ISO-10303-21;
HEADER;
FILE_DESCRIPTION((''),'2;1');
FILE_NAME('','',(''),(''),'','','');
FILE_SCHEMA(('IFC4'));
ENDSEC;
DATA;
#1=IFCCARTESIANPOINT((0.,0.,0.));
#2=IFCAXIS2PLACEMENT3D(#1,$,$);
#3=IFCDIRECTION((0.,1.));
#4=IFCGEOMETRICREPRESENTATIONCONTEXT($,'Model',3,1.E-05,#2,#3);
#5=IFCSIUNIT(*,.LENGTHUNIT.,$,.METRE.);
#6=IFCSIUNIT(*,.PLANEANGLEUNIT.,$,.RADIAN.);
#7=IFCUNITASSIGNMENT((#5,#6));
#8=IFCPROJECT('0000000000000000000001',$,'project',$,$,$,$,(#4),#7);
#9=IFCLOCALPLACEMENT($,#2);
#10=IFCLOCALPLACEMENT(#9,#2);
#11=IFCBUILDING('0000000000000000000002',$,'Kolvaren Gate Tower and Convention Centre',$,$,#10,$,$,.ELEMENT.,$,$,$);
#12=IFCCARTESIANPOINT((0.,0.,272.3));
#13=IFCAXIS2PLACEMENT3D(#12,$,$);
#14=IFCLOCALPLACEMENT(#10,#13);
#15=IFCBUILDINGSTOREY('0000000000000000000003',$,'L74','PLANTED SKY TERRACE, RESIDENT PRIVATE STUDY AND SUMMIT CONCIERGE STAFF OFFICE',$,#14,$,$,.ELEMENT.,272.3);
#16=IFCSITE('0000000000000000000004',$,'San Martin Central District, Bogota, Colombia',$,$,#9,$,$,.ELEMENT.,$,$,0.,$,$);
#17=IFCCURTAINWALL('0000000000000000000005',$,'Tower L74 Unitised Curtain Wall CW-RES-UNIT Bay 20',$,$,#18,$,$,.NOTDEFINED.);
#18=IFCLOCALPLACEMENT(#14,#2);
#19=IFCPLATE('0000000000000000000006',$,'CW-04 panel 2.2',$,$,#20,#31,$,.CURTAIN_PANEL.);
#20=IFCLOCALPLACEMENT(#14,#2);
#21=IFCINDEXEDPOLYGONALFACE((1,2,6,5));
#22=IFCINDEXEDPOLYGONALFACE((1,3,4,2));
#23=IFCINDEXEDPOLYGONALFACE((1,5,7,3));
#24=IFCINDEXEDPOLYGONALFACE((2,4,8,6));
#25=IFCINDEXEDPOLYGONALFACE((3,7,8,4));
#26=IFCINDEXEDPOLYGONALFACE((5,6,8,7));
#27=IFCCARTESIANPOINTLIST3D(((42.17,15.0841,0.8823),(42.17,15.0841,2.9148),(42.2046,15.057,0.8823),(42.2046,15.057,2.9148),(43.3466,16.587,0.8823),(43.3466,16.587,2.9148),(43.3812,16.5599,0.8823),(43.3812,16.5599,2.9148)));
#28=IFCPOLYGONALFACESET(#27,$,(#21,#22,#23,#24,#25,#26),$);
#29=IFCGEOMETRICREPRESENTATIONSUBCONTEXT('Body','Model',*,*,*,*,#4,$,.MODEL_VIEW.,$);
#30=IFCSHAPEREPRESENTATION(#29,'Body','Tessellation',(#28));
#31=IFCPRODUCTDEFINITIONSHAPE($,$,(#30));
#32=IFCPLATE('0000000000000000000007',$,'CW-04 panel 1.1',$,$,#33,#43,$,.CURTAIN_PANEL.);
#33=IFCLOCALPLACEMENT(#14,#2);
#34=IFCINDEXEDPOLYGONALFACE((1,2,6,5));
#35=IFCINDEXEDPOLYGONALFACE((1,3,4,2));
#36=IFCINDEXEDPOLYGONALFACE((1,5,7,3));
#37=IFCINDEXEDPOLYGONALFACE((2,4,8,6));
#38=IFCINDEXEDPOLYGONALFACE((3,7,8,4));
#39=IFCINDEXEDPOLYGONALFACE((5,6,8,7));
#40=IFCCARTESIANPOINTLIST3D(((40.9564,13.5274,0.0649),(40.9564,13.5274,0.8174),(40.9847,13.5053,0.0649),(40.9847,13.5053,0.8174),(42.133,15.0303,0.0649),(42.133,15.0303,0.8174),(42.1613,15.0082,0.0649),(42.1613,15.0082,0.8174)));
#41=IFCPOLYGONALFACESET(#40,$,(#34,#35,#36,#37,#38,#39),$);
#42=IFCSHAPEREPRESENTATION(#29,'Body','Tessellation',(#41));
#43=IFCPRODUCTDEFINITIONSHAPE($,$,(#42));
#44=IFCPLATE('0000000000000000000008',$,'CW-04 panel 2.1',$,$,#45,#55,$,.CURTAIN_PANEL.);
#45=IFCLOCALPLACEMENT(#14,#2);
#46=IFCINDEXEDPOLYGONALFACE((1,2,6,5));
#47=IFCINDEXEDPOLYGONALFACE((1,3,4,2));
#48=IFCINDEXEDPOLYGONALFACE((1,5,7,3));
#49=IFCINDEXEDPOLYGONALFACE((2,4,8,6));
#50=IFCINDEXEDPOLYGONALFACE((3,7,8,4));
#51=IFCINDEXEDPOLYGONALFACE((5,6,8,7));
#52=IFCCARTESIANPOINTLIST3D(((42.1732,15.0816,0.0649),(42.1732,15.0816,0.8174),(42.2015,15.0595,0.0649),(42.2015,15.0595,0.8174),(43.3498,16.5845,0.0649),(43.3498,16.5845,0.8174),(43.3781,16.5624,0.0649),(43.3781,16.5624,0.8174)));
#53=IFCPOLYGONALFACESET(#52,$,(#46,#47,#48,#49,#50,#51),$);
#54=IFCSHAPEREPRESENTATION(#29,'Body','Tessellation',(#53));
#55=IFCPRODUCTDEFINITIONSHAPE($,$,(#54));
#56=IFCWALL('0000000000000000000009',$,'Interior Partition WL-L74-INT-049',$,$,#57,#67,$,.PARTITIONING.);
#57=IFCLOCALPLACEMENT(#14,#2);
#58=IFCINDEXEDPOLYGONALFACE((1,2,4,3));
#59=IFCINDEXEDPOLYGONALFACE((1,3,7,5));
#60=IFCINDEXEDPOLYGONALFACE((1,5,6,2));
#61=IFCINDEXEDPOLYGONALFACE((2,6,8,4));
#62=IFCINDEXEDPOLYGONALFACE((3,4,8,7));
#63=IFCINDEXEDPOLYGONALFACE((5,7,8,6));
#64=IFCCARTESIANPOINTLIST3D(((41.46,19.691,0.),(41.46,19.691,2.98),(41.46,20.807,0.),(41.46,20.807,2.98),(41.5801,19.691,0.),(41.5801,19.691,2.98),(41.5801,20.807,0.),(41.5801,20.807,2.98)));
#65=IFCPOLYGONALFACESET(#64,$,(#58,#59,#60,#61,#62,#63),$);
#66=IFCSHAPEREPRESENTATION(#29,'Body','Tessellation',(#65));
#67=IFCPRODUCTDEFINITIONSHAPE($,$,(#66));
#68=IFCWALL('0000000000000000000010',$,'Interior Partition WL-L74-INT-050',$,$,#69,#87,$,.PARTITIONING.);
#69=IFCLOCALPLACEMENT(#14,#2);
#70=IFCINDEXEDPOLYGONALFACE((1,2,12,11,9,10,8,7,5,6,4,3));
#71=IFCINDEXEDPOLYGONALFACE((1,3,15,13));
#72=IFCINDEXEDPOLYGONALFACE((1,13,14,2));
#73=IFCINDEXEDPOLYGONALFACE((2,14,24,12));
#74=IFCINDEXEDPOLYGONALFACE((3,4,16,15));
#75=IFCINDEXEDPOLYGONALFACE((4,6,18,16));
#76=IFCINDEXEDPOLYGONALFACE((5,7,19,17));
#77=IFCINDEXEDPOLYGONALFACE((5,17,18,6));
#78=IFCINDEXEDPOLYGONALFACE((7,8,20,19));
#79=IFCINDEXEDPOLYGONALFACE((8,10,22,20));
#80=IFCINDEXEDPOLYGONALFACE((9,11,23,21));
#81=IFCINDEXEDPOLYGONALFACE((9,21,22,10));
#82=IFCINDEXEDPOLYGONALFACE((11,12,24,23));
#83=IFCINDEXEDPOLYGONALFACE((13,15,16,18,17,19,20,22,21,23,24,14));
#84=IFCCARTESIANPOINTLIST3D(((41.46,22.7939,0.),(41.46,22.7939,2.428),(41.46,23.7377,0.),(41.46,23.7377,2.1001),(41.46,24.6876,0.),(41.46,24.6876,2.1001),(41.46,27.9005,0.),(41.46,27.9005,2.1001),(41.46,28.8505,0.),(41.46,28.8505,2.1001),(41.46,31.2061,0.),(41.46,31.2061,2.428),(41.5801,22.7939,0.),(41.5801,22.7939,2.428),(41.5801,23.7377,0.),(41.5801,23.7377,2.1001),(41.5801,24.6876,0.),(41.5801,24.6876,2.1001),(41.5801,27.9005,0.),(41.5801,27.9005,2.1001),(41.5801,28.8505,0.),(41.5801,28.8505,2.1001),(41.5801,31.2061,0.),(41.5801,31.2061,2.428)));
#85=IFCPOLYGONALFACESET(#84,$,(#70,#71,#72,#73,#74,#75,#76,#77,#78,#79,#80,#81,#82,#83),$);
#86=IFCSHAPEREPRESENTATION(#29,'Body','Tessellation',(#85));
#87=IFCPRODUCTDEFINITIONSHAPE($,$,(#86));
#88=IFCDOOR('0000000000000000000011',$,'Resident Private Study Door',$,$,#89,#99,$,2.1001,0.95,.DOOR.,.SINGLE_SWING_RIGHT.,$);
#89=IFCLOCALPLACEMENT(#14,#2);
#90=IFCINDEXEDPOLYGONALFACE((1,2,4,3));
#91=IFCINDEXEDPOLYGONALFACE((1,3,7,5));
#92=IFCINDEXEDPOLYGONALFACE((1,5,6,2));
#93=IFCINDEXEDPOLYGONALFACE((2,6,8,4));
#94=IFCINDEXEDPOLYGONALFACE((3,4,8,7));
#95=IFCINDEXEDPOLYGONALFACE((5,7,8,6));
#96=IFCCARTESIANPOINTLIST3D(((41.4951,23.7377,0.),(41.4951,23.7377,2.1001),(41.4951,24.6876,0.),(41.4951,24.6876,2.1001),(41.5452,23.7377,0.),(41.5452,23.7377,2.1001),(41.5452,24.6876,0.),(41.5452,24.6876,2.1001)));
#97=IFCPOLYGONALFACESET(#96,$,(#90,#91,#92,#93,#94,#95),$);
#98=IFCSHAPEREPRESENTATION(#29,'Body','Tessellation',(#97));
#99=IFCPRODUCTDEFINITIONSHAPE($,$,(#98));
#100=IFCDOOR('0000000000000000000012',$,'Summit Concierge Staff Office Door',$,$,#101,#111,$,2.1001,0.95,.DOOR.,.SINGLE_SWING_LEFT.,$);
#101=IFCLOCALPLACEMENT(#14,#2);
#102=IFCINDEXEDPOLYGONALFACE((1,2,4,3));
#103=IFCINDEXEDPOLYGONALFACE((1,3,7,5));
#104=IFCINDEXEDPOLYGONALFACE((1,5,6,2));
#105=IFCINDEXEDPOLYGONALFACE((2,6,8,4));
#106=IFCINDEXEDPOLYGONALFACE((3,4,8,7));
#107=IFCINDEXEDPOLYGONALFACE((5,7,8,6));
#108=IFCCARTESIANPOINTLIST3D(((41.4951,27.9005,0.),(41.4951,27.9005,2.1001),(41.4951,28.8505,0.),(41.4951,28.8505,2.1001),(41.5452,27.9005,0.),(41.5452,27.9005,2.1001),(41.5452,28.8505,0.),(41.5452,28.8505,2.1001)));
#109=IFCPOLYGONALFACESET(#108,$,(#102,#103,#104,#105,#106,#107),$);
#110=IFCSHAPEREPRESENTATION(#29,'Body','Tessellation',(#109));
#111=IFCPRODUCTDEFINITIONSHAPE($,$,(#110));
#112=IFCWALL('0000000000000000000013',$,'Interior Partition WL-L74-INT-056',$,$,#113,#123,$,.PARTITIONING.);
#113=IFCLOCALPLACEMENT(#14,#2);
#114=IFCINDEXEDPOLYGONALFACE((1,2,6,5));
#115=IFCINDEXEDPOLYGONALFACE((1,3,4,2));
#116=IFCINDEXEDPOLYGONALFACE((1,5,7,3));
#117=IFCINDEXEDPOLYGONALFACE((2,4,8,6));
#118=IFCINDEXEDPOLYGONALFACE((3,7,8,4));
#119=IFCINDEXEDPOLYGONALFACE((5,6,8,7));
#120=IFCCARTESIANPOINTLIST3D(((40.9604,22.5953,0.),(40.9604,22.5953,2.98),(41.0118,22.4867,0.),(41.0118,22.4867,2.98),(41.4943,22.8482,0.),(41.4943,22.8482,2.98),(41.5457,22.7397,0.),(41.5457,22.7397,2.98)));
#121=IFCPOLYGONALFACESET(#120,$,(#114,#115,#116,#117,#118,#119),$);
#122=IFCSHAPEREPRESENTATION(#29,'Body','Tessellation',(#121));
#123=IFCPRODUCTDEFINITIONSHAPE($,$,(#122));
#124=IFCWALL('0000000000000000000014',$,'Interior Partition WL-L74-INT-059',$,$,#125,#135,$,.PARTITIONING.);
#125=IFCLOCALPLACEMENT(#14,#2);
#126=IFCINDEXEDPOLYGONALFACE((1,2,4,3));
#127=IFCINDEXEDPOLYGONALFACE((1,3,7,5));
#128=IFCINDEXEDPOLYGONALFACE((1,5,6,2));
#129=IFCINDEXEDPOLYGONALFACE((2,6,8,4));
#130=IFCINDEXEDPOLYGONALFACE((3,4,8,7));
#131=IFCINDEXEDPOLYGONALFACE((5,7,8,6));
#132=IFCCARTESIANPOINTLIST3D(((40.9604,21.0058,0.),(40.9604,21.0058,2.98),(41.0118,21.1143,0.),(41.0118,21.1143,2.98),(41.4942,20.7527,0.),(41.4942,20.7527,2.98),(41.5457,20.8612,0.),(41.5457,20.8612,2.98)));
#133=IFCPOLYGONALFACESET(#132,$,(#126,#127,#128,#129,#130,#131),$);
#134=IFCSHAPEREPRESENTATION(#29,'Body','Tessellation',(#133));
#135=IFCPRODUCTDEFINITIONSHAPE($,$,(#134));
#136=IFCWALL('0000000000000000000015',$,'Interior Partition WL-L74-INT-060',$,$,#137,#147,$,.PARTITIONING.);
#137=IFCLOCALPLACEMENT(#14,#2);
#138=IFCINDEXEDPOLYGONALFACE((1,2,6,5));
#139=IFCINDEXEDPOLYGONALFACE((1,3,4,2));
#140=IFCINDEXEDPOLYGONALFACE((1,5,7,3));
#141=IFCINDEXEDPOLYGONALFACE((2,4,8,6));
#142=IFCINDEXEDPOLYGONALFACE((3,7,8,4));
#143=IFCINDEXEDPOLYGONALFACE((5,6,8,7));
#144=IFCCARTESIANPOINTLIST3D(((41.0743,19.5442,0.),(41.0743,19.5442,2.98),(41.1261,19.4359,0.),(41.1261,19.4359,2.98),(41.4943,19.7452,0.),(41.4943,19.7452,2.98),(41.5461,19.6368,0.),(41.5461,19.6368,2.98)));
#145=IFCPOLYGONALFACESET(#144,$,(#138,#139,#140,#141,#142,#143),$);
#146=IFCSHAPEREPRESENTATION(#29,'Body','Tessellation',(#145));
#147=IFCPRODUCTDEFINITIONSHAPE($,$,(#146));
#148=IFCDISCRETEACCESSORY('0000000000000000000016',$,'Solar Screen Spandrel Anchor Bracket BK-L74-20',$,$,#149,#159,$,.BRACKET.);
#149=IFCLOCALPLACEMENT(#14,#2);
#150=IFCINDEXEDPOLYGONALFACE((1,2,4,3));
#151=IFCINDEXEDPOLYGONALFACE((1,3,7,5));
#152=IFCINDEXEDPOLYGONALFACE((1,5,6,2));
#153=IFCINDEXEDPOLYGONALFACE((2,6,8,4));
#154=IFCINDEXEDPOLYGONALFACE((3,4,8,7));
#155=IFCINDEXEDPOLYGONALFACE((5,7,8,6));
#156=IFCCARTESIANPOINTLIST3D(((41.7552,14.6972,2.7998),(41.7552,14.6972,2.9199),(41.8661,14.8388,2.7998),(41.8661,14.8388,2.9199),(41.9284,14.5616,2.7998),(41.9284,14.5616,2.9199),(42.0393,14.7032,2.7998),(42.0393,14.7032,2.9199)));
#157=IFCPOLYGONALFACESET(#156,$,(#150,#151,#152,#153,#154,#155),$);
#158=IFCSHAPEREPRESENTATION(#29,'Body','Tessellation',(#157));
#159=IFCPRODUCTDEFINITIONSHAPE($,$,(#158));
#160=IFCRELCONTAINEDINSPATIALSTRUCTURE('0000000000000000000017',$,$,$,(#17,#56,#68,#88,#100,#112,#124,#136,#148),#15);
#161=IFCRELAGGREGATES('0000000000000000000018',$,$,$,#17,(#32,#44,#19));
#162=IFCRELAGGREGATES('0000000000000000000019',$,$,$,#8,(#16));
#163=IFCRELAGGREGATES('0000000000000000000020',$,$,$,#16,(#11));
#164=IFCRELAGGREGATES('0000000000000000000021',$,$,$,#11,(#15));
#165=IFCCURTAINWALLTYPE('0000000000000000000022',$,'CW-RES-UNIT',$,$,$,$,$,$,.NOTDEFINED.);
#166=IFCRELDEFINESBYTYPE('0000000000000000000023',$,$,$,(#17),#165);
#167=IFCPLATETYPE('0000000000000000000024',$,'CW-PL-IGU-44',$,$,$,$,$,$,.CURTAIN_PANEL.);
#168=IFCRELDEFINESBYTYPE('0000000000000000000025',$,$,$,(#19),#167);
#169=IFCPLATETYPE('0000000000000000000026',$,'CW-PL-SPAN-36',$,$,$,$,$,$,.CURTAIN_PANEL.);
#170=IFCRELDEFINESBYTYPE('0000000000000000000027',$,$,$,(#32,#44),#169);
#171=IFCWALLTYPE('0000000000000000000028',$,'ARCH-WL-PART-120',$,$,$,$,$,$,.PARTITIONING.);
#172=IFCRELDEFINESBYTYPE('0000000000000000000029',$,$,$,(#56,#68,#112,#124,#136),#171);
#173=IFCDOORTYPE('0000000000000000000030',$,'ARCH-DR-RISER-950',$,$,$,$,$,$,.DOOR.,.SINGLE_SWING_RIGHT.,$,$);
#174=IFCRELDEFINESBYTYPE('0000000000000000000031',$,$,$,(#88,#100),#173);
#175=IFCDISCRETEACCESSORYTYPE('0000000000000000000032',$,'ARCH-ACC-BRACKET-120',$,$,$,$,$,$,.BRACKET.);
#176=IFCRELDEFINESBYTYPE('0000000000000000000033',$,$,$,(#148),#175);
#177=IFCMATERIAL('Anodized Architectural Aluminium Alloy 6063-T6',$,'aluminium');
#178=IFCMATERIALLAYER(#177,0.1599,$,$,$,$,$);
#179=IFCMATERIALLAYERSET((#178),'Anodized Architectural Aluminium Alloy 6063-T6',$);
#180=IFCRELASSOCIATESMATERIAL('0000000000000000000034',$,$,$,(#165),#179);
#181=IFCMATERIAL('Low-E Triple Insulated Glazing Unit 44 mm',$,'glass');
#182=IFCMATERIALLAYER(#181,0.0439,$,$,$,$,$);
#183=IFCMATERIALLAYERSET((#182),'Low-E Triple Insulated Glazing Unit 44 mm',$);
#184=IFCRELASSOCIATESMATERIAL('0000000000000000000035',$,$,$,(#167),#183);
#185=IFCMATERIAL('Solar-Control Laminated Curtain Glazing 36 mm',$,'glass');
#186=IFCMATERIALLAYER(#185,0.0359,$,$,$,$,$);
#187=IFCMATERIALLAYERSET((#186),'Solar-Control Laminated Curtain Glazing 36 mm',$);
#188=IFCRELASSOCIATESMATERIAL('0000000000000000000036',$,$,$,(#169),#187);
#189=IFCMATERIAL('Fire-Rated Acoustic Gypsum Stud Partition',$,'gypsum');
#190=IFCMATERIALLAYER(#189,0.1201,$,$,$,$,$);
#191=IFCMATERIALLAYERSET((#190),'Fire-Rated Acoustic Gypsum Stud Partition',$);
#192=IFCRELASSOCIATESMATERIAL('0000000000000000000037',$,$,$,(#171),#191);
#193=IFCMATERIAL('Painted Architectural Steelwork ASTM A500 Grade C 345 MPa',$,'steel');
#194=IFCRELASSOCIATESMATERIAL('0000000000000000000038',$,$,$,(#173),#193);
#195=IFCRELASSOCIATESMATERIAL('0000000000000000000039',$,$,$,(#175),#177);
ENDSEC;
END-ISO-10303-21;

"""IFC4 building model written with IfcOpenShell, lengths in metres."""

from ifc_helpers import new_model, si_unit, direction, frame, frame_2d, origin, origin_2d, place, context, subcontext, project, spatial, rectangle, extrude, material, layer, layer_set, type_object, element, fill, aggregate, save


model = new_model("IFC4")

# Units and contexts
model_context = context("Model", 3, precision=1e-05, world=origin(), true_north=direction((0.0, 1.0)))
body_context = subcontext(model_context, "Body", "Model", "MODEL_VIEW")
ifc_project = project(units=[si_unit("LENGTHUNIT", "METRE"), si_unit("PLANEANGLEUNIT", "RADIAN")], contexts=[model_context])

# Site, building, storey
site_placement = place(None, origin())
site = spatial("IfcSite", under=ifc_project, at=site_placement, Name="San Martin Central District, Bogota, Colombia", CompositionType="ELEMENT", RefElevation=0.0)
building_placement = place(site_placement, origin())
building = spatial("IfcBuilding", under=site, at=building_placement, Name="Kolvaren Gate Tower and Convention Centre", CompositionType="ELEMENT")
storey_placement = place(building_placement, frame((0.0, 0.0, 272.3)))
storey = spatial("IfcBuildingStorey", under=building, at=storey_placement, Name="L74", Description="PLANTED SKY TERRACE, RESIDENT PRIVATE STUDY AND SUMMIT CONCIERGE STAFF OFFICE", CompositionType="ELEMENT", Elevation=272.3)

# Curtain wall
ifc_material_1 = material(Name="Anodized Architectural Aluminium Alloy 6063-T6", Category="aluminium")
ifc_layer_1 = layer(ifc_material_1, 0.1599)
ifc_layer_set_1 = layer_set([ifc_layer_1], Name="Anodized Architectural Aluminium Alloy 6063-T6")
curtain_wall_type = type_object("IfcCurtainWallType", Name="CW-RES-UNIT", PredefinedType="NOTDEFINED", material=ifc_layer_set_1)
curtain_wall_1_placement = place(storey_placement, origin())
curtain_wall_1 = element("IfcCurtainWall", 1, at=curtain_wall_1_placement, inside=storey, type_object=curtain_wall_type, Name="Tower L74 Unitised Curtain Wall CW-RES-UNIT Bay 20", PredefinedType="NOTDEFINED")

# Plates
ifc_material_2 = material(Name="Low-E Triple Insulated Glazing Unit 44 mm", Category="glass")
ifc_layer_2 = layer(ifc_material_2, 0.0439)
ifc_layer_set_2 = layer_set([ifc_layer_2], Name="Low-E Triple Insulated Glazing Unit 44 mm")
plate_type_1 = type_object("IfcPlateType", Name="CW-PL-IGU-44", PredefinedType="CURTAIN_PANEL", material=ifc_layer_set_2)
plate_1_placement = place(storey_placement, frame((42.7756, 15.822, 0.8823), z_axis=(0.0, 0.0, 1.0), x_axis=(0.616433, 0.787408, 0.0)))
plate_1 = element("IfcPlate", 2, at=plate_1_placement, type_object=plate_type_1, Name="CW-04 panel 2.2", PredefinedType="CURTAIN_PANEL", context=body_context, shape_type="SweptSolid", body=[
    extrude(rectangle(XDim=1.9087, YDim=0.0439, at=origin_2d()), origin(), (0.0, 0.0, 1.0), 2.0325),
])
ifc_material_3 = material(Name="Solar-Control Laminated Curtain Glazing 36 mm", Category="glass")
ifc_layer_3 = layer(ifc_material_3, 0.0359)
ifc_layer_set_3 = layer_set([ifc_layer_3], Name="Solar-Control Laminated Curtain Glazing 36 mm")
plate_type_2 = type_object("IfcPlateType", Name="CW-PL-SPAN-36", PredefinedType="CURTAIN_PANEL", material=ifc_layer_set_3)
plate_2_placement = place(storey_placement, frame((41.5588, 14.2678, 0.0649), z_axis=(0.0, 0.0, 1.0), x_axis=(0.616433, 0.787408, 0.0)))
plate_2 = element("IfcPlate", 3, at=plate_2_placement, type_object=plate_type_2, Name="CW-04 panel 1.1", PredefinedType="CURTAIN_PANEL", context=body_context, shape_type="SweptSolid", body=[
    extrude(rectangle(XDim=1.9087, YDim=0.0359, at=origin_2d()), origin(), (0.0, 0.0, 1.0), 0.7524),
])
plate_3_placement = place(storey_placement, frame((42.7756, 15.822, 0.0649), z_axis=(0.0, 0.0, 1.0), x_axis=(0.616433, 0.787408, 0.0)))
plate_3 = element("IfcPlate", 4, at=plate_3_placement, type_object=plate_type_2, Name="CW-04 panel 2.1", PredefinedType="CURTAIN_PANEL", context=body_context, shape_type="SweptSolid", body=[
    extrude(rectangle(XDim=1.9087, YDim=0.0359, at=origin_2d()), origin(), (0.0, 0.0, 1.0), 0.7524),
])
aggregate(curtain_wall_1, [plate_2, plate_3, plate_1])

# Wall
ifc_material_4 = material(Name="Fire-Rated Acoustic Gypsum Stud Partition", Category="gypsum")
ifc_layer_4 = layer(ifc_material_4, 0.1201)
ifc_layer_set_4 = layer_set([ifc_layer_4], Name="Fire-Rated Acoustic Gypsum Stud Partition")
wall_type = type_object("IfcWallType", Name="ARCH-WL-PART-120", PredefinedType="PARTITIONING", material=ifc_layer_set_4)
wall_1_placement = place(storey_placement, frame((41.52, 19.6909, 0.0), z_axis=(0.0, 0.0, 1.0), x_axis=(0.0, 1.0, 0.0)))
element("IfcWall", 5, at=wall_1_placement, inside=storey, type_object=wall_type, Name="Interior Partition WL-L74-INT-049", PredefinedType="PARTITIONING", context=body_context, shape_type="SweptSolid", body=[
    extrude(rectangle(XDim=1.116, YDim=0.1201, at=frame_2d((0.5581, 0.0))), origin(), (0.0, 0.0, 1.0), 2.98),
])

# Wall, openings, doors
wall_2_placement = place(storey_placement, frame((41.52, 22.7939, 0.0), z_axis=(0.0, 0.0, 1.0), x_axis=(0.0, 1.0, 0.0)))
wall_2 = element("IfcWall", 6, at=wall_2_placement, inside=storey, type_object=wall_type, Name="Interior Partition WL-L74-INT-050", PredefinedType="PARTITIONING", context=body_context, shape_type="SweptSolid", body=[
    extrude(rectangle(XDim=8.4121, YDim=0.1201, at=frame_2d((4.2061, 0.0))), origin(), (0.0, 0.0, 1.0), 2.428),
])
opening_1_placement = place(wall_2_placement, frame((0.9436, 0.0, 0.0)))
opening_1 = element("IfcOpeningElement", 7, at=opening_1_placement, cuts=wall_2, PredefinedType="OPENING", context=body_context, shape_type="SweptSolid", body=[
    extrude(rectangle(XDim=0.95, YDim=2.1001, at=frame_2d((0.4751, 1.05))), frame((0.0, 0.0701, 0.0), z_axis=(0.0, -1.0, 0.0), x_axis=(1.0, 0.0, 0.0)), (0.0, 0.0, 1.0), 0.1401),
])
opening_2_placement = place(wall_2_placement, frame((5.1064, 0.0, 0.0)))
opening_2 = element("IfcOpeningElement", 8, at=opening_2_placement, cuts=wall_2, PredefinedType="OPENING", context=body_context, shape_type="SweptSolid", body=[
    extrude(rectangle(XDim=0.95, YDim=2.1001, at=frame_2d((0.4751, 1.05))), frame((0.0, 0.0701, 0.0), z_axis=(0.0, -1.0, 0.0), x_axis=(1.0, 0.0, 0.0)), (0.0, 0.0, 1.0), 0.1401),
])
ifc_material_5 = material(Name="Painted Architectural Steelwork ASTM A500 Grade C 345 MPa", Category="steel")
door_type = type_object("IfcDoorType", Name="ARCH-DR-RISER-950", OperationType="SINGLE_SWING_RIGHT", PredefinedType="DOOR", material=ifc_material_5)
door_1_placement = place(opening_1_placement, origin())
door_1 = element("IfcDoor", 9, at=door_1_placement, inside=storey, type_object=door_type, Name="Resident Private Study Door", OperationType="SINGLE_SWING_RIGHT", OverallHeight=2.1001, OverallWidth=0.95, PredefinedType="DOOR", context=body_context, shape_type="SweptSolid", body=[
    extrude(rectangle(XDim=0.95, YDim=2.1001, at=frame_2d((0.4751, 1.05))), frame((0.0, 0.0249, 0.0), z_axis=(0.0, -1.0, 0.0), x_axis=(1.0, 0.0, 0.0)), (0.0, 0.0, 1.0), 0.05),
])
fill(opening_1, door_1)
door_2_placement = place(opening_2_placement, origin())
door_2 = element("IfcDoor", 10, at=door_2_placement, inside=storey, type_object=door_type, Name="Summit Concierge Staff Office Door", OperationType="SINGLE_SWING_LEFT", OverallHeight=2.1001, OverallWidth=0.95, PredefinedType="DOOR", context=body_context, shape_type="SweptSolid", body=[
    extrude(rectangle(XDim=0.95, YDim=2.1001, at=frame_2d((0.4751, 1.05))), frame((0.0, 0.0249, 0.0), z_axis=(0.0, -1.0, 0.0), x_axis=(1.0, 0.0, 0.0)), (0.0, 0.0, 1.0), 0.05),
])
fill(opening_2, door_2)

# Walls
for number, where, z_axis, x_axis, name in (
    (11, (40.9861, 22.541, 0.0), (0.0, 0.0, 1.0), (0.903729, 0.428104, 0.0), "Interior Partition WL-L74-INT-056"),
    (12, (40.9861, 21.0601, 0.0), (0.0, 0.0, 1.0), (0.90357, -0.428442, 0.0), "Interior Partition WL-L74-INT-059"),
):
    element("IfcWall", number, at=place(storey_placement, frame(where, z_axis=z_axis, x_axis=x_axis)), inside=storey, type_object=wall_type, Name=name, PredefinedType="PARTITIONING", context=body_context, shape_type="SweptSolid", body=[
        extrude(rectangle(XDim=0.5908, YDim=0.1201, at=frame_2d((0.2954, 0.0))), origin(), (0.0, 0.0, 1.0), 2.98),
    ])
wall_3_placement = place(storey_placement, frame((41.1001, 19.49, 0.0), z_axis=(0.0, 0.0, 1.0), x_axis=(0.902054, 0.431623, 0.0)))
element("IfcWall", 13, at=wall_3_placement, inside=storey, type_object=wall_type, Name="Interior Partition WL-L74-INT-060", PredefinedType="PARTITIONING", context=body_context, shape_type="SweptSolid", body=[
    extrude(rectangle(XDim=0.4656, YDim=0.1201, at=frame_2d((0.2329, 0.0))), origin(), (0.0, 0.0, 1.0), 2.98),
])

# Discrete accessory
discrete_accessory_type = type_object("IfcDiscreteAccessoryType", Name="ARCH-ACC-BRACKET-120", PredefinedType="BRACKET", material=ifc_material_1)
discrete_accessory_placement = place(storey_placement, frame((41.8972, 14.7002, 2.7998), z_axis=(0.0, 0.0, 1.0), x_axis=(0.61643, 0.78741, 0.0)))
element("IfcDiscreteAccessory", 14, at=discrete_accessory_placement, inside=storey, type_object=discrete_accessory_type, Name="Solar Screen Spandrel Anchor Bracket BK-L74-20", PredefinedType="BRACKET", context=body_context, shape_type="SweptSolid", body=[
    extrude(rectangle(XDim=0.1799, YDim=0.22, at=origin_2d()), origin(), (0.0, 0.0, 1.0), 0.1201),
])

save(model, "model.ifc")
